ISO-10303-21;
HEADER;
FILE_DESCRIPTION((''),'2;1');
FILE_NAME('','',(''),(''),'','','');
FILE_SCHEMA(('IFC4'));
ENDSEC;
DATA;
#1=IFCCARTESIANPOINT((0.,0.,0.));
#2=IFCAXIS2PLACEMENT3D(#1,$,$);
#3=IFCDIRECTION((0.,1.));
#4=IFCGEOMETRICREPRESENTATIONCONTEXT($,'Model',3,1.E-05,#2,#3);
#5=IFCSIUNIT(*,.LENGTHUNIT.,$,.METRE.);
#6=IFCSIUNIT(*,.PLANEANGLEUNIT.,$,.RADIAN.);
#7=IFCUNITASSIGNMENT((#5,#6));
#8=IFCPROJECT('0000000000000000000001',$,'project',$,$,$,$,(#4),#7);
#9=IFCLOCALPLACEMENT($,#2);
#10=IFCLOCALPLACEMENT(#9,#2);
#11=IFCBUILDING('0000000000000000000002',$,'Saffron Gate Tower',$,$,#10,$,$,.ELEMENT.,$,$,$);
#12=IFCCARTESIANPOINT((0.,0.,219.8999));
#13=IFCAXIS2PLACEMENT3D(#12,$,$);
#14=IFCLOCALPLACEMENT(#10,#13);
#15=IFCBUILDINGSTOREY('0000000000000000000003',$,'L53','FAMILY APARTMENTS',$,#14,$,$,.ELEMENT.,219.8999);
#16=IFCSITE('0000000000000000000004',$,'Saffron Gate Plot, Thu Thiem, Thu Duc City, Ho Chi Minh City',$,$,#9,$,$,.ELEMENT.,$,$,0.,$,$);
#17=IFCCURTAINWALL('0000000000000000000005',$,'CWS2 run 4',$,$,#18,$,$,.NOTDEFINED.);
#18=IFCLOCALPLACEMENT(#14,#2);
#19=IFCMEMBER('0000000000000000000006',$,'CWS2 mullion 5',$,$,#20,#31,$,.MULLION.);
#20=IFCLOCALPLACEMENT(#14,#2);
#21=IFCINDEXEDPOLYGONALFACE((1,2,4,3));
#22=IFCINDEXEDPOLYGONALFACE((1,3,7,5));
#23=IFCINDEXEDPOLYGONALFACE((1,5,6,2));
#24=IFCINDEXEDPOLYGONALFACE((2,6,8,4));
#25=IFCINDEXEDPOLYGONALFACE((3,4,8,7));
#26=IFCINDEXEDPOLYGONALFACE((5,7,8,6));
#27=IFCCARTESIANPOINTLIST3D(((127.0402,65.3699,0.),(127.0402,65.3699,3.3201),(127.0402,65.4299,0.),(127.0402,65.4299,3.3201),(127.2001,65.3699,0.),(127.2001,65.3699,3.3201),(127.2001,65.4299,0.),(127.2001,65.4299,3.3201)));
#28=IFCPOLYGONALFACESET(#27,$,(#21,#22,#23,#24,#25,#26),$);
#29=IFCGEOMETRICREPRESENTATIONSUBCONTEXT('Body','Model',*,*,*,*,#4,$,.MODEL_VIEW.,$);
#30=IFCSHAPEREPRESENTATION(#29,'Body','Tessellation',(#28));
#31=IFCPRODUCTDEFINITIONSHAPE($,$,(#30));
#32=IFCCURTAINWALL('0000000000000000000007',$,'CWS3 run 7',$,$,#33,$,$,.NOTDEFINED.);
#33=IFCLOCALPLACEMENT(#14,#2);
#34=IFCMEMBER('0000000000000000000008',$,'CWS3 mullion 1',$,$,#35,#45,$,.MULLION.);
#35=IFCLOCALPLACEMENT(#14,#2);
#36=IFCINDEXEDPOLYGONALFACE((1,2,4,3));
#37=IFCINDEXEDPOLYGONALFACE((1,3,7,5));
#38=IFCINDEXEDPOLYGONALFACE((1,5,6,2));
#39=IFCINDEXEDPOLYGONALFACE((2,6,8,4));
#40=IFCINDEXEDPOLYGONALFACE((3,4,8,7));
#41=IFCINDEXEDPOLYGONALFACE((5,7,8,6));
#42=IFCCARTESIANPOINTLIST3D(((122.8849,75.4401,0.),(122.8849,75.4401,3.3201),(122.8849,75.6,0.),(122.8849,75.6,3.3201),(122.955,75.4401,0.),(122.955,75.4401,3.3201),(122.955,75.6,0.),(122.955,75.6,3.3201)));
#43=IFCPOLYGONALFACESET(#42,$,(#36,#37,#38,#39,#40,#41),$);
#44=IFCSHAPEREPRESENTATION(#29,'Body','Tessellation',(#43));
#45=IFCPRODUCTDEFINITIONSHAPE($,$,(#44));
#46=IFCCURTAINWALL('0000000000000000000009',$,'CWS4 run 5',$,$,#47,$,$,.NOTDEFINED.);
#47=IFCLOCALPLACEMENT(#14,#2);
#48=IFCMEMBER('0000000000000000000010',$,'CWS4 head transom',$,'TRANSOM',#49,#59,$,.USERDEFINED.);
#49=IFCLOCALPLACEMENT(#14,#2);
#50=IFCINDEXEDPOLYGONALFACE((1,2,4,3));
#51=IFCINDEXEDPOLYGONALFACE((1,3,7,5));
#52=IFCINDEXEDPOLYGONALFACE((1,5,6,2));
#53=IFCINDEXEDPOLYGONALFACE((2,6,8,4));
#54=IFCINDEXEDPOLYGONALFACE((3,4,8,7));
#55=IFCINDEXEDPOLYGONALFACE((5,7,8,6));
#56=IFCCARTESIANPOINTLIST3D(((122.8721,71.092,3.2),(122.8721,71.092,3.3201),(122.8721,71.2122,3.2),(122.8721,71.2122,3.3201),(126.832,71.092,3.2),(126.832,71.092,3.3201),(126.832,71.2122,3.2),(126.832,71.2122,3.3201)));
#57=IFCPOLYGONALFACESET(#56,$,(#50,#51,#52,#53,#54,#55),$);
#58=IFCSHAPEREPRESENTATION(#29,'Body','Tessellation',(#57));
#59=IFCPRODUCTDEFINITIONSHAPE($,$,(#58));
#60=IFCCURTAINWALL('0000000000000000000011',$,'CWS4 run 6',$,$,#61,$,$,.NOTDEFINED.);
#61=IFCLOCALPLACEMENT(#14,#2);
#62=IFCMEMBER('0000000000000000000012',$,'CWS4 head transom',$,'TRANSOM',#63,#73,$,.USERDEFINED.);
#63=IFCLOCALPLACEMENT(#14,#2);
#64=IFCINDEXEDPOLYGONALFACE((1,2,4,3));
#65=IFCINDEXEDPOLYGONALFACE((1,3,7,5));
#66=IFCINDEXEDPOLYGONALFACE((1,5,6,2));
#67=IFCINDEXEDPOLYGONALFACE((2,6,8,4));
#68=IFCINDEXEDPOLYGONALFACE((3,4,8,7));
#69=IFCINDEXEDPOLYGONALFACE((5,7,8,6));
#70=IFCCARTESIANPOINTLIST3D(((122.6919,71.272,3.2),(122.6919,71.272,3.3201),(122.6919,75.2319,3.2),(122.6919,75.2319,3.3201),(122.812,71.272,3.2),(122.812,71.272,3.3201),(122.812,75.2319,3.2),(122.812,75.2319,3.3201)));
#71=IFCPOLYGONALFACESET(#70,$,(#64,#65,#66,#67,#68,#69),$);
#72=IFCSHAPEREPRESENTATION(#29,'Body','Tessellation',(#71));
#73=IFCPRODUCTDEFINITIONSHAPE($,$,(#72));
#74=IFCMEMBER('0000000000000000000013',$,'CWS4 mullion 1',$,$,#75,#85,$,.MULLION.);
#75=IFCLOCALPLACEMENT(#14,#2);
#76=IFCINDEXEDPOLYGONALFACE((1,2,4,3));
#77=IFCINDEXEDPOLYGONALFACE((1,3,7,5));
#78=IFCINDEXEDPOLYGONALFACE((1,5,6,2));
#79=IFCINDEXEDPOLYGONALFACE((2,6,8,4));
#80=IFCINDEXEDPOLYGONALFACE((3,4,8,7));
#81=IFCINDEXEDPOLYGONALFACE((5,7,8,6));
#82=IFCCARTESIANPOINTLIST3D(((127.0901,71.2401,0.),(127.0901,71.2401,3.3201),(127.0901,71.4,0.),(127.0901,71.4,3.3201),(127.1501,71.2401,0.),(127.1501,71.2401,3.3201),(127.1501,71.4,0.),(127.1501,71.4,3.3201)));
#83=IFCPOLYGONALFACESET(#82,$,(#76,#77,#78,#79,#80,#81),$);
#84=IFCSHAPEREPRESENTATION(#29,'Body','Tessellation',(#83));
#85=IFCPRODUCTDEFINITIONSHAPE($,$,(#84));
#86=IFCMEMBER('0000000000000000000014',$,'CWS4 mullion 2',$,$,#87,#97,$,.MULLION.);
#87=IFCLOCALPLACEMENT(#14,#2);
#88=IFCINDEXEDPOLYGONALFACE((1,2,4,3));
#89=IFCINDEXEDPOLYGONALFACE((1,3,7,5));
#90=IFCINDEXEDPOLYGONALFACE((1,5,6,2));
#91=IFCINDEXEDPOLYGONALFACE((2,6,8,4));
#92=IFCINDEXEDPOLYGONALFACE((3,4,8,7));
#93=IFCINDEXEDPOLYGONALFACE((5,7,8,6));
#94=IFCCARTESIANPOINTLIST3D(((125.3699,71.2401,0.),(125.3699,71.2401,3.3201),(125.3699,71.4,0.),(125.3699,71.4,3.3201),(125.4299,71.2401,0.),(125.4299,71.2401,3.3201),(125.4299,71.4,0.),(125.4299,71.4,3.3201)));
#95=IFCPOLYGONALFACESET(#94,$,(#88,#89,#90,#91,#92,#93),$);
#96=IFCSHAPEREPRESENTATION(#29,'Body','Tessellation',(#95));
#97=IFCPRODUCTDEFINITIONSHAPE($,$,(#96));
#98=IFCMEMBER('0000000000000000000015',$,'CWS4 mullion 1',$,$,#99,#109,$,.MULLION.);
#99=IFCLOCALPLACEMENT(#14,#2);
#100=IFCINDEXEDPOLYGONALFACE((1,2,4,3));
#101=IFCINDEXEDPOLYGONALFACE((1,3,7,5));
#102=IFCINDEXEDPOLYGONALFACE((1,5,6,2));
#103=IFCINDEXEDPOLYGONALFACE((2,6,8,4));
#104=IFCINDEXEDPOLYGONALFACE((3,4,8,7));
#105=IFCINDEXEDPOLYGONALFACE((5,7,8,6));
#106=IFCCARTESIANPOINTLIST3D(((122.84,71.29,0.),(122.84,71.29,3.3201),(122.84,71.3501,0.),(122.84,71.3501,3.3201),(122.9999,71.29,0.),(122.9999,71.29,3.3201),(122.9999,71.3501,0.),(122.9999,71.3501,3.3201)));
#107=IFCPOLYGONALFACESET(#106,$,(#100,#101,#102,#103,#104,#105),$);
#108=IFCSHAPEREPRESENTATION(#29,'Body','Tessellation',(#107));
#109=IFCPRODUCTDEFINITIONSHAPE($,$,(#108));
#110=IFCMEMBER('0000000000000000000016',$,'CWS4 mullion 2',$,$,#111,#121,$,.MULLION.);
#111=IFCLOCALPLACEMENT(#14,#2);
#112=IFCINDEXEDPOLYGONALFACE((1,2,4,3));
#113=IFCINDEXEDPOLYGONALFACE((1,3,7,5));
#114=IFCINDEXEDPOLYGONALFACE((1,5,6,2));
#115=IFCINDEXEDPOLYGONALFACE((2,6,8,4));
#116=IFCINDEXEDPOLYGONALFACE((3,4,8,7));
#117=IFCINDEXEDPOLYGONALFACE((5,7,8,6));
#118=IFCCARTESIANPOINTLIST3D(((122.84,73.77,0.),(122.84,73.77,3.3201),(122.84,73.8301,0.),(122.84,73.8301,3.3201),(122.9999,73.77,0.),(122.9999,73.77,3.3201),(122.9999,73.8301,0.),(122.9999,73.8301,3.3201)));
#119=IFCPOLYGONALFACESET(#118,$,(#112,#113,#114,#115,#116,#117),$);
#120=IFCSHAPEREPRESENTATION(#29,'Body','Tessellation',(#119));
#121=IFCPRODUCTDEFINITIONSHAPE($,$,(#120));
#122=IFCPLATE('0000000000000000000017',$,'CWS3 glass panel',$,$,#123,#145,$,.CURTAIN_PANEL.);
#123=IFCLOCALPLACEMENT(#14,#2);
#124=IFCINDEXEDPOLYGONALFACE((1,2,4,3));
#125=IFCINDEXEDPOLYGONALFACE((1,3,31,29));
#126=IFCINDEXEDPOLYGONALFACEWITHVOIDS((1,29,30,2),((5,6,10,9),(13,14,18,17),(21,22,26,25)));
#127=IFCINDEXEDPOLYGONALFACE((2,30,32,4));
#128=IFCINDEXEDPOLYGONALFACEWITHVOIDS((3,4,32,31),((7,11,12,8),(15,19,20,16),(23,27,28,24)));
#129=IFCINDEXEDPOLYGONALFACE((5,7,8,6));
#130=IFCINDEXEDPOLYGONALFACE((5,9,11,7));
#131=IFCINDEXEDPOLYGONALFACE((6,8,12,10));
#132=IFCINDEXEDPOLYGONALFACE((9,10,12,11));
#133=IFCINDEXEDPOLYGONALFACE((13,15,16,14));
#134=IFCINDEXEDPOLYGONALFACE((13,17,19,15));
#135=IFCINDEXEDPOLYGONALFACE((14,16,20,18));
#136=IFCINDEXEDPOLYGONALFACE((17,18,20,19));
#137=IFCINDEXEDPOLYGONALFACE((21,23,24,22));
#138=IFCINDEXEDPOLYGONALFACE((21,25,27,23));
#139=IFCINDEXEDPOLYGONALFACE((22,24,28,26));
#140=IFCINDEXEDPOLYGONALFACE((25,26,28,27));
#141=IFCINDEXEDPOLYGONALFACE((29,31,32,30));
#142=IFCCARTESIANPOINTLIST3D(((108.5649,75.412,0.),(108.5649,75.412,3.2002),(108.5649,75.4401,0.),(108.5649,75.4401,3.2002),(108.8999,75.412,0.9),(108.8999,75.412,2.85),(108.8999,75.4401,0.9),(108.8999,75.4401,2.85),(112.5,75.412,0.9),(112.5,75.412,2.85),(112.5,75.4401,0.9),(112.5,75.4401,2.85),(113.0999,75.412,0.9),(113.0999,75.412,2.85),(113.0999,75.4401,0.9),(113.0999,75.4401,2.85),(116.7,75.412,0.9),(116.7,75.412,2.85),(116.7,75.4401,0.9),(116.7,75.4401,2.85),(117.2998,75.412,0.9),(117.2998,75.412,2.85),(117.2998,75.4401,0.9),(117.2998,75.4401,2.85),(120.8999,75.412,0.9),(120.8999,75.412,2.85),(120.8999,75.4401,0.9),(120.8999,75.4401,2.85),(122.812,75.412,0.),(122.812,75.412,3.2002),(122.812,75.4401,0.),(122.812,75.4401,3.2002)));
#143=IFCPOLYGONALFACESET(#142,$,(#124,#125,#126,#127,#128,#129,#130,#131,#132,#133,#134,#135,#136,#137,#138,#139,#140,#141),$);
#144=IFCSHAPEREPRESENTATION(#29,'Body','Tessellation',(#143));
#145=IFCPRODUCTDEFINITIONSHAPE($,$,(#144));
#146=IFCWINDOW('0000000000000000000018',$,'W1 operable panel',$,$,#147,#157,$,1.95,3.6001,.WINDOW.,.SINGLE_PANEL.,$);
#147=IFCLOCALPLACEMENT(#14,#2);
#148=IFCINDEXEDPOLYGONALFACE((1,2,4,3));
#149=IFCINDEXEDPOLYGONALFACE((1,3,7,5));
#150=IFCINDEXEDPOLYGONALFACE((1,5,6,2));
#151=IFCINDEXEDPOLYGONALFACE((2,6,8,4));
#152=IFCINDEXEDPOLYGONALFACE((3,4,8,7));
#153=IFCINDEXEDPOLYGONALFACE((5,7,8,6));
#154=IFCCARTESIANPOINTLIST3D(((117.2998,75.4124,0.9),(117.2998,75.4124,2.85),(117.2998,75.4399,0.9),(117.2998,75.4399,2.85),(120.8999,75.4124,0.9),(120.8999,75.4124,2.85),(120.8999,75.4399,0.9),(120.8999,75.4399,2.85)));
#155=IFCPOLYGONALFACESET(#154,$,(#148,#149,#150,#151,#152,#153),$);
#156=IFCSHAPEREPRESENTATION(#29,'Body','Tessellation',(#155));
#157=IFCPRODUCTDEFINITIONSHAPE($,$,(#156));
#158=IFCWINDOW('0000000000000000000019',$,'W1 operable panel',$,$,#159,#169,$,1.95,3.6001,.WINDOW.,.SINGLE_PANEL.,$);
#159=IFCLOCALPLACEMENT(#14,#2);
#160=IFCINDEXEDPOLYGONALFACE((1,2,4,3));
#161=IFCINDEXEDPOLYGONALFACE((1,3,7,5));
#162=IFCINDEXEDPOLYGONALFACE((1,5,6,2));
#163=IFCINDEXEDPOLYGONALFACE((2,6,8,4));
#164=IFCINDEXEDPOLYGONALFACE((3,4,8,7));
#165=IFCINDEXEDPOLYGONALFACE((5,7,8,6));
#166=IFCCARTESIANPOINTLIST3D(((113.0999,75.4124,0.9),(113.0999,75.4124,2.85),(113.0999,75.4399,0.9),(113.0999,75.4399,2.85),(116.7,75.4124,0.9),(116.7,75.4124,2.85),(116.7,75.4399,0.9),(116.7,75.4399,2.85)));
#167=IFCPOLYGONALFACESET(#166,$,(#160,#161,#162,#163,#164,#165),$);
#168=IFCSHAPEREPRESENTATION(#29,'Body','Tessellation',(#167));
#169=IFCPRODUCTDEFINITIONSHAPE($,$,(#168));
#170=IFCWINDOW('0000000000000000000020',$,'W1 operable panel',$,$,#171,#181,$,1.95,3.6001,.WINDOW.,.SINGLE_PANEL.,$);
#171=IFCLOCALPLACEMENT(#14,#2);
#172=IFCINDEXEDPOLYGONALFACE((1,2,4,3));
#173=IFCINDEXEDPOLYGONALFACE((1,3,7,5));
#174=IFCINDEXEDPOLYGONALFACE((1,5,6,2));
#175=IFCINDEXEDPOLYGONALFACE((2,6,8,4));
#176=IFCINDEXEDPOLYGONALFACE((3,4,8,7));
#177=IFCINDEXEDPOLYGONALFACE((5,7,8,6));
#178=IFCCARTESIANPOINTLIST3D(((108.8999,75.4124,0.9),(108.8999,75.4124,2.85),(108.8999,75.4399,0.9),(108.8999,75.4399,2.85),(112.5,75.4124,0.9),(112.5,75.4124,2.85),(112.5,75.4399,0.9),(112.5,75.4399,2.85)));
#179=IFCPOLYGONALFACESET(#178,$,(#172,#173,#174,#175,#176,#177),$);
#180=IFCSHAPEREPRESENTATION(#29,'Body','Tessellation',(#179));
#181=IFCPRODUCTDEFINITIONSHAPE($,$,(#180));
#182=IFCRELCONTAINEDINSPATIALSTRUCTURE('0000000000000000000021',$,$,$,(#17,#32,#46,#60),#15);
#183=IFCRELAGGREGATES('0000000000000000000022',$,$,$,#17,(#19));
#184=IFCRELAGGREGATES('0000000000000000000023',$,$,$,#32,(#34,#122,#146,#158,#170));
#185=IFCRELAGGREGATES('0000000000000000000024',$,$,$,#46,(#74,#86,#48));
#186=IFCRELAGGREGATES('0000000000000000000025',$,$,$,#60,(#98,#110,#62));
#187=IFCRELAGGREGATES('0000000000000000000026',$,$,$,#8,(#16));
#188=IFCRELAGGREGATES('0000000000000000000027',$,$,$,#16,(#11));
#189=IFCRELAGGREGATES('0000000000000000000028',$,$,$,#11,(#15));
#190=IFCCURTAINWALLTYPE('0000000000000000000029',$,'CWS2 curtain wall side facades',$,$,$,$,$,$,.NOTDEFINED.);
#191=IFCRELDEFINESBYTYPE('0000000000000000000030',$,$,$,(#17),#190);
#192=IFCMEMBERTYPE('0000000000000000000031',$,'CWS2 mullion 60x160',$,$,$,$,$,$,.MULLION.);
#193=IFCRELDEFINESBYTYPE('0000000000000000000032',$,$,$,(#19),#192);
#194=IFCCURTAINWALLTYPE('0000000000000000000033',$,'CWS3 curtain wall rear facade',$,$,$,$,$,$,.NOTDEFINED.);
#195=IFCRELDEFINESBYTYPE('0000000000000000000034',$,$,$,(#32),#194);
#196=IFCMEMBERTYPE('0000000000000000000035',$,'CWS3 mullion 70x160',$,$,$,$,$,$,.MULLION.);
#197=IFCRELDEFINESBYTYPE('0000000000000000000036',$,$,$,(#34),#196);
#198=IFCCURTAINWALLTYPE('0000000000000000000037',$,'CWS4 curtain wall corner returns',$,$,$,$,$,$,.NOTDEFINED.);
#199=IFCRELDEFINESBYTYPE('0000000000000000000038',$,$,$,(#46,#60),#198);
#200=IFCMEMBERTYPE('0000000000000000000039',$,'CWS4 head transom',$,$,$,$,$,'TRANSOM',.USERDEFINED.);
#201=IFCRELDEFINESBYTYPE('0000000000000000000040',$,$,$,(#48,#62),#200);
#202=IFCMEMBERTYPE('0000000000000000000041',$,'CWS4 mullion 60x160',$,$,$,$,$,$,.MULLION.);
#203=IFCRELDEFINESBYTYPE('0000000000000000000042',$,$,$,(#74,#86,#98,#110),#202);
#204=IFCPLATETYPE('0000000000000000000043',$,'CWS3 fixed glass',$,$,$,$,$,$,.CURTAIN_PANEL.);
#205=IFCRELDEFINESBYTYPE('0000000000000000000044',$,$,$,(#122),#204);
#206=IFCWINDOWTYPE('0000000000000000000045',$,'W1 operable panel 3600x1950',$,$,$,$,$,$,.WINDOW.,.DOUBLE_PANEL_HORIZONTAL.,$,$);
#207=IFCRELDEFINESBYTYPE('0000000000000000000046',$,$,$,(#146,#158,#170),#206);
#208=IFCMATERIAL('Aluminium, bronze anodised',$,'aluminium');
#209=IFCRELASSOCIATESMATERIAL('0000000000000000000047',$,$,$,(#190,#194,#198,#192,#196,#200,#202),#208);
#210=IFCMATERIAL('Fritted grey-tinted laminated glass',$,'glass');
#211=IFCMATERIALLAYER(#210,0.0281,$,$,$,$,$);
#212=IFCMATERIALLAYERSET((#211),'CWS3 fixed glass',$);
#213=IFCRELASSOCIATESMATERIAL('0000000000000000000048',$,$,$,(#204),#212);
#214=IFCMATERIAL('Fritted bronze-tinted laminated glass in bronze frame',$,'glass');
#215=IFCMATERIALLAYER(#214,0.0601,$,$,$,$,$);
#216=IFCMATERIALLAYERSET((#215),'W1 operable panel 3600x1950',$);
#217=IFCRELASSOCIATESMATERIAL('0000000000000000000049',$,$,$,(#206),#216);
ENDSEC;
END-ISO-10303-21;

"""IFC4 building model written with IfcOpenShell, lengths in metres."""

from ifc_helpers import new_model, si_unit, direction, frame, frame_2d, origin, origin_2d, place, context, subcontext, project, spatial, rectangle, extrude, material, layer, layer_set, material_profile, profile_set, type_object, element, fill, aggregate, save


model = new_model("IFC4")

# Units and contexts
model_context = context("Model", 3, precision=1e-05, world=origin(), true_north=direction((0.0, 1.0)))
body_context = subcontext(model_context, "Body", "Model", "MODEL_VIEW")
ifc_project = project(units=[si_unit("LENGTHUNIT", "METRE"), si_unit("PLANEANGLEUNIT", "RADIAN")], contexts=[model_context])

# Site, building, storey
site_placement = place(None, origin())
site = spatial("IfcSite", under=ifc_project, at=site_placement, Name="Saffron Gate Plot, Thu Thiem, Thu Duc City, Ho Chi Minh City", CompositionType="ELEMENT", RefElevation=0.0)
building_placement = place(site_placement, origin())
building = spatial("IfcBuilding", under=site, at=building_placement, Name="Saffron Gate Tower", CompositionType="ELEMENT")
storey_placement = place(building_placement, frame((0.0, 0.0, 219.8999)))
storey = spatial("IfcBuildingStorey", under=building, at=storey_placement, Name="L53", Description="FAMILY APARTMENTS", CompositionType="ELEMENT", Elevation=219.8999)

# Curtain walls, members
ifc_material_1 = material(Name="Aluminium, bronze anodised", Category="aluminium")
curtain_wall_type_1 = type_object("IfcCurtainWallType", Name="CWS2 curtain wall side facades", PredefinedType="NOTDEFINED", material=ifc_material_1)
curtain_wall_1_placement = place(storey_placement, origin())
curtain_wall_1 = element("IfcCurtainWall", 1, at=curtain_wall_1_placement, inside=storey, type_object=curtain_wall_type_1, Name="CWS2 run 4", PredefinedType="NOTDEFINED")
ifc_material_profile_1 = material_profile(ifc_material_1, rectangle(XDim=0.1599, YDim=0.0601, at=origin_2d()))
ifc_profile_set_1 = profile_set([ifc_material_profile_1], Name="Aluminium, bronze anodised")
member_type_1 = type_object("IfcMemberType", Name="CWS2 mullion 60x160", PredefinedType="MULLION", material=ifc_profile_set_1)
member_1_placement = place(storey_placement, frame((127.1201, 65.3999, 0.0), z_axis=(0.0, 0.0, 1.0), x_axis=(-1.0, 0.0, 0.0)))
member_1 = element("IfcMember", 2, at=member_1_placement, type_object=member_type_1, Name="CWS2 mullion 5", PredefinedType="MULLION", context=body_context, shape_type="SweptSolid", body=[
    extrude(rectangle(XDim=0.1599, YDim=0.0601, at=origin_2d()), origin(), (0.0, 0.0, 1.0), 3.3201),
])
aggregate(curtain_wall_1, [member_1])
curtain_wall_type_2 = type_object("IfcCurtainWallType", Name="CWS3 curtain wall rear facade", PredefinedType="NOTDEFINED", material=ifc_material_1)
curtain_wall_2_placement = place(storey_placement, origin())
curtain_wall_2 = element("IfcCurtainWall", 3, at=curtain_wall_2_placement, inside=storey, type_object=curtain_wall_type_2, Name="CWS3 run 7", PredefinedType="NOTDEFINED")
ifc_material_profile_2 = material_profile(ifc_material_1, rectangle(XDim=0.1599, YDim=0.0701, at=origin_2d()))
ifc_profile_set_2 = profile_set([ifc_material_profile_2], Name="Aluminium, bronze anodised")
member_type_2 = type_object("IfcMemberType", Name="CWS3 mullion 70x160", PredefinedType="MULLION", material=ifc_profile_set_2)
member_2_placement = place(storey_placement, frame((122.9199, 75.52, 0.0), z_axis=(0.0, 0.0, 1.0), x_axis=(0.0, -1.0, 0.0)))
member_2 = element("IfcMember", 4, at=member_2_placement, type_object=member_type_2, Name="CWS3 mullion 1", PredefinedType="MULLION", context=body_context, shape_type="SweptSolid", body=[
    extrude(rectangle(XDim=0.1599, YDim=0.0701, at=origin_2d()), origin(), (0.0, 0.0, 1.0), 3.3201),
])
curtain_wall_type_3 = type_object("IfcCurtainWallType", Name="CWS4 curtain wall corner returns", PredefinedType="NOTDEFINED", material=ifc_material_1)
curtain_wall_3_placement = place(storey_placement, origin())
curtain_wall_3 = element("IfcCurtainWall", 5, at=curtain_wall_3_placement, inside=storey, type_object=curtain_wall_type_3, Name="CWS4 run 5", PredefinedType="NOTDEFINED")
ifc_material_profile_3 = material_profile(ifc_material_1, rectangle(XDim=0.1201, YDim=0.1201, at=origin_2d()))
ifc_profile_set_3 = profile_set([ifc_material_profile_3], Name="Aluminium, bronze anodised")
member_type_3 = type_object("IfcMemberType", Name="CWS4 head transom", ElementType="TRANSOM", PredefinedType="USERDEFINED", material=ifc_profile_set_3)
member_3_placement = place(storey_placement, frame((126.832, 71.1521, 3.26), z_axis=(-1.0, 0.0, 0.0), x_axis=(0.0, -1.0, 0.0)))
member_3 = element("IfcMember", 6, at=member_3_placement, type_object=member_type_3, Name="CWS4 head transom", ObjectType="TRANSOM", PredefinedType="USERDEFINED", context=body_context, shape_type="SweptSolid", body=[
    extrude(rectangle(XDim=0.1201, YDim=0.1201, at=origin_2d()), origin(), (0.0, 0.0, 1.0), 3.96),
])
curtain_wall_4_placement = place(storey_placement, origin())
curtain_wall_4 = element("IfcCurtainWall", 7, at=curtain_wall_4_placement, inside=storey, type_object=curtain_wall_type_3, Name="CWS4 run 6", PredefinedType="NOTDEFINED")
member_4_placement = place(storey_placement, frame((122.752, 71.272, 3.26), z_axis=(0.0, 1.0, 0.0), x_axis=(-1.0, 0.0, 0.0)))
member_4 = element("IfcMember", 8, at=member_4_placement, type_object=member_type_3, Name="CWS4 head transom", ObjectType="TRANSOM", PredefinedType="USERDEFINED", context=body_context, shape_type="SweptSolid", body=[
    extrude(rectangle(XDim=0.1201, YDim=0.1201, at=origin_2d()), origin(), (0.0, 0.0, 1.0), 3.96),
])

# Members
ifc_material_profile_4 = material_profile(ifc_material_1, rectangle(XDim=0.1599, YDim=0.0601, at=origin_2d()))
ifc_profile_set_4 = profile_set([ifc_material_profile_4], Name="Aluminium, bronze anodised")
member_type_4 = type_object("IfcMemberType", Name="CWS4 mullion 60x160", PredefinedType="MULLION", material=ifc_profile_set_4)
member_5_placement = place(storey_placement, frame((127.1201, 71.3201, 0.0), z_axis=(0.0, 0.0, 1.0), x_axis=(0.0, -1.0, 0.0)))
member_5 = element("IfcMember", 9, at=member_5_placement, type_object=member_type_4, Name="CWS4 mullion 1", PredefinedType="MULLION", context=body_context, shape_type="SweptSolid", body=[
    extrude(rectangle(XDim=0.1599, YDim=0.0601, at=origin_2d()), origin(), (0.0, 0.0, 1.0), 3.3201),
])
member_6_placement = place(storey_placement, frame((125.3999, 71.3201, 0.0), z_axis=(0.0, 0.0, 1.0), x_axis=(0.0, -1.0, 0.0)))
member_6 = element("IfcMember", 10, at=member_6_placement, type_object=member_type_4, Name="CWS4 mullion 2", PredefinedType="MULLION", context=body_context, shape_type="SweptSolid", body=[
    extrude(rectangle(XDim=0.1599, YDim=0.0601, at=origin_2d()), origin(), (0.0, 0.0, 1.0), 3.3201),
])
member_7_placement = place(storey_placement, frame((122.9199, 71.3201, 0.0), z_axis=(0.0, 0.0, 1.0), x_axis=(-1.0, 0.0, 0.0)))
member_7 = element("IfcMember", 11, at=member_7_placement, type_object=member_type_4, Name="CWS4 mullion 1", PredefinedType="MULLION", context=body_context, shape_type="SweptSolid", body=[
    extrude(rectangle(XDim=0.1599, YDim=0.0601, at=origin_2d()), origin(), (0.0, 0.0, 1.0), 3.3201),
])
member_8_placement = place(storey_placement, frame((122.9199, 73.8, 0.0), z_axis=(0.0, 0.0, 1.0), x_axis=(-1.0, 0.0, 0.0)))
member_8 = element("IfcMember", 12, at=member_8_placement, type_object=member_type_4, Name="CWS4 mullion 2", PredefinedType="MULLION", context=body_context, shape_type="SweptSolid", body=[
    extrude(rectangle(XDim=0.1599, YDim=0.0601, at=origin_2d()), origin(), (0.0, 0.0, 1.0), 3.3201),
])

# Plate, openings, windows
ifc_material_2 = material(Name="Fritted grey-tinted laminated glass", Category="glass")
ifc_layer_1 = layer(ifc_material_2, 0.0281)
ifc_layer_set_1 = layer_set([ifc_layer_1], Name="CWS3 fixed glass")
plate_type_1 = type_object("IfcPlateType", Name="CWS3 fixed glass", PredefinedType="CURTAIN_PANEL", material=ifc_layer_set_1)
plate_1_placement = place(storey_placement, frame((122.812, 75.426, 0.0), z_axis=(0.0, 0.0, 1.0), x_axis=(-1.0, 0.0, 0.0)))
plate_1 = element("IfcPlate", 13, at=plate_1_placement, type_object=plate_type_1, Name="CWS3 glass panel", PredefinedType="CURTAIN_PANEL", context=body_context, shape_type="SweptSolid", body=[
    extrude(rectangle(XDim=14.2471, YDim=0.0281, at=frame_2d((7.1235, 0.0))), origin(), (0.0, 0.0, 1.0), 3.2002),
])
opening_1_placement = place(plate_1_placement, frame((1.9121, 0.0, 0.8999)))
opening_1 = element("IfcOpeningElement", 14, at=opening_1_placement, cuts=plate_1, PredefinedType="OPENING", context=body_context, shape_type="SweptSolid", body=[
    extrude(rectangle(XDim=3.6001, YDim=1.95, at=frame_2d((1.8, 0.9751))), frame((0.0, 0.0239, 0.0), z_axis=(0.0, -1.0, 0.0), x_axis=(1.0, 0.0, 0.0)), (0.0, 0.0, 1.0), 0.0481),
])
opening_2_placement = place(plate_1_placement, frame((6.1121, 0.0, 0.8999)))
opening_2 = element("IfcOpeningElement", 15, at=opening_2_placement, cuts=plate_1, PredefinedType="OPENING", context=body_context, shape_type="SweptSolid", body=[
    extrude(rectangle(XDim=3.6001, YDim=1.95, at=frame_2d((1.8, 0.9751))), frame((0.0, 0.0239, 0.0), z_axis=(0.0, -1.0, 0.0), x_axis=(1.0, 0.0, 0.0)), (0.0, 0.0, 1.0), 0.0481),
])
opening_3_placement = place(plate_1_placement, frame((10.312, 0.0, 0.8999)))
opening_3 = element("IfcOpeningElement", 16, at=opening_3_placement, cuts=plate_1, PredefinedType="OPENING", context=body_context, shape_type="SweptSolid", body=[
    extrude(rectangle(XDim=3.6001, YDim=1.95, at=frame_2d((1.8, 0.9751))), frame((0.0, 0.0239, 0.0), z_axis=(0.0, -1.0, 0.0), x_axis=(1.0, 0.0, 0.0)), (0.0, 0.0, 1.0), 0.0481),
])
ifc_material_3 = material(Name="Fritted bronze-tinted laminated glass in bronze frame", Category="glass")
ifc_layer_2 = layer(ifc_material_3, 0.0601)
ifc_layer_set_2 = layer_set([ifc_layer_2], Name="W1 operable panel 3600x1950")
window_type = type_object("IfcWindowType", Name="W1 operable panel 3600x1950", PartitioningType="DOUBLE_PANEL_HORIZONTAL", PredefinedType="WINDOW", material=ifc_layer_set_2)
window_1_placement = place(opening_1_placement, origin())
window_1 = element("IfcWindow", 17, at=window_1_placement, type_object=window_type, Name="W1 operable panel", OverallHeight=1.95, OverallWidth=3.6001, PartitioningType="SINGLE_PANEL", PredefinedType="WINDOW", context=body_context, shape_type="SweptSolid", body=[
    extrude(rectangle(XDim=3.6001, YDim=1.95, at=frame_2d((1.8, 0.9751))), frame((0.0, 0.0137, 0.0), z_axis=(0.0, -1.0, 0.0), x_axis=(1.0, 0.0, 0.0)), (0.0, 0.0, 1.0), 0.0276),
])
fill(opening_1, window_1)
window_2_placement = place(opening_2_placement, origin())
window_2 = element("IfcWindow", 18, at=window_2_placement, type_object=window_type, Name="W1 operable panel", OverallHeight=1.95, OverallWidth=3.6001, PartitioningType="SINGLE_PANEL", PredefinedType="WINDOW", context=body_context, shape_type="SweptSolid", body=[
    extrude(rectangle(XDim=3.6001, YDim=1.95, at=frame_2d((1.8, 0.9751))), frame((0.0, 0.0137, 0.0), z_axis=(0.0, -1.0, 0.0), x_axis=(1.0, 0.0, 0.0)), (0.0, 0.0, 1.0), 0.0276),
])
fill(opening_2, window_2)
window_3_placement = place(opening_3_placement, origin())
window_3 = element("IfcWindow", 19, at=window_3_placement, type_object=window_type, Name="W1 operable panel", OverallHeight=1.95, OverallWidth=3.6001, PartitioningType="SINGLE_PANEL", PredefinedType="WINDOW", context=body_context, shape_type="SweptSolid", body=[
    extrude(rectangle(XDim=3.6001, YDim=1.95, at=frame_2d((1.8, 0.9751))), frame((0.0, 0.0137, 0.0), z_axis=(0.0, -1.0, 0.0), x_axis=(1.0, 0.0, 0.0)), (0.0, 0.0, 1.0), 0.0276),
])
fill(opening_3, window_3)
aggregate(curtain_wall_2, [member_2, plate_1, window_1, window_2, window_3])

aggregate(curtain_wall_3, [member_5, member_6, member_3])
aggregate(curtain_wall_4, [member_7, member_8, member_4])

save(model, "model.ifc")
